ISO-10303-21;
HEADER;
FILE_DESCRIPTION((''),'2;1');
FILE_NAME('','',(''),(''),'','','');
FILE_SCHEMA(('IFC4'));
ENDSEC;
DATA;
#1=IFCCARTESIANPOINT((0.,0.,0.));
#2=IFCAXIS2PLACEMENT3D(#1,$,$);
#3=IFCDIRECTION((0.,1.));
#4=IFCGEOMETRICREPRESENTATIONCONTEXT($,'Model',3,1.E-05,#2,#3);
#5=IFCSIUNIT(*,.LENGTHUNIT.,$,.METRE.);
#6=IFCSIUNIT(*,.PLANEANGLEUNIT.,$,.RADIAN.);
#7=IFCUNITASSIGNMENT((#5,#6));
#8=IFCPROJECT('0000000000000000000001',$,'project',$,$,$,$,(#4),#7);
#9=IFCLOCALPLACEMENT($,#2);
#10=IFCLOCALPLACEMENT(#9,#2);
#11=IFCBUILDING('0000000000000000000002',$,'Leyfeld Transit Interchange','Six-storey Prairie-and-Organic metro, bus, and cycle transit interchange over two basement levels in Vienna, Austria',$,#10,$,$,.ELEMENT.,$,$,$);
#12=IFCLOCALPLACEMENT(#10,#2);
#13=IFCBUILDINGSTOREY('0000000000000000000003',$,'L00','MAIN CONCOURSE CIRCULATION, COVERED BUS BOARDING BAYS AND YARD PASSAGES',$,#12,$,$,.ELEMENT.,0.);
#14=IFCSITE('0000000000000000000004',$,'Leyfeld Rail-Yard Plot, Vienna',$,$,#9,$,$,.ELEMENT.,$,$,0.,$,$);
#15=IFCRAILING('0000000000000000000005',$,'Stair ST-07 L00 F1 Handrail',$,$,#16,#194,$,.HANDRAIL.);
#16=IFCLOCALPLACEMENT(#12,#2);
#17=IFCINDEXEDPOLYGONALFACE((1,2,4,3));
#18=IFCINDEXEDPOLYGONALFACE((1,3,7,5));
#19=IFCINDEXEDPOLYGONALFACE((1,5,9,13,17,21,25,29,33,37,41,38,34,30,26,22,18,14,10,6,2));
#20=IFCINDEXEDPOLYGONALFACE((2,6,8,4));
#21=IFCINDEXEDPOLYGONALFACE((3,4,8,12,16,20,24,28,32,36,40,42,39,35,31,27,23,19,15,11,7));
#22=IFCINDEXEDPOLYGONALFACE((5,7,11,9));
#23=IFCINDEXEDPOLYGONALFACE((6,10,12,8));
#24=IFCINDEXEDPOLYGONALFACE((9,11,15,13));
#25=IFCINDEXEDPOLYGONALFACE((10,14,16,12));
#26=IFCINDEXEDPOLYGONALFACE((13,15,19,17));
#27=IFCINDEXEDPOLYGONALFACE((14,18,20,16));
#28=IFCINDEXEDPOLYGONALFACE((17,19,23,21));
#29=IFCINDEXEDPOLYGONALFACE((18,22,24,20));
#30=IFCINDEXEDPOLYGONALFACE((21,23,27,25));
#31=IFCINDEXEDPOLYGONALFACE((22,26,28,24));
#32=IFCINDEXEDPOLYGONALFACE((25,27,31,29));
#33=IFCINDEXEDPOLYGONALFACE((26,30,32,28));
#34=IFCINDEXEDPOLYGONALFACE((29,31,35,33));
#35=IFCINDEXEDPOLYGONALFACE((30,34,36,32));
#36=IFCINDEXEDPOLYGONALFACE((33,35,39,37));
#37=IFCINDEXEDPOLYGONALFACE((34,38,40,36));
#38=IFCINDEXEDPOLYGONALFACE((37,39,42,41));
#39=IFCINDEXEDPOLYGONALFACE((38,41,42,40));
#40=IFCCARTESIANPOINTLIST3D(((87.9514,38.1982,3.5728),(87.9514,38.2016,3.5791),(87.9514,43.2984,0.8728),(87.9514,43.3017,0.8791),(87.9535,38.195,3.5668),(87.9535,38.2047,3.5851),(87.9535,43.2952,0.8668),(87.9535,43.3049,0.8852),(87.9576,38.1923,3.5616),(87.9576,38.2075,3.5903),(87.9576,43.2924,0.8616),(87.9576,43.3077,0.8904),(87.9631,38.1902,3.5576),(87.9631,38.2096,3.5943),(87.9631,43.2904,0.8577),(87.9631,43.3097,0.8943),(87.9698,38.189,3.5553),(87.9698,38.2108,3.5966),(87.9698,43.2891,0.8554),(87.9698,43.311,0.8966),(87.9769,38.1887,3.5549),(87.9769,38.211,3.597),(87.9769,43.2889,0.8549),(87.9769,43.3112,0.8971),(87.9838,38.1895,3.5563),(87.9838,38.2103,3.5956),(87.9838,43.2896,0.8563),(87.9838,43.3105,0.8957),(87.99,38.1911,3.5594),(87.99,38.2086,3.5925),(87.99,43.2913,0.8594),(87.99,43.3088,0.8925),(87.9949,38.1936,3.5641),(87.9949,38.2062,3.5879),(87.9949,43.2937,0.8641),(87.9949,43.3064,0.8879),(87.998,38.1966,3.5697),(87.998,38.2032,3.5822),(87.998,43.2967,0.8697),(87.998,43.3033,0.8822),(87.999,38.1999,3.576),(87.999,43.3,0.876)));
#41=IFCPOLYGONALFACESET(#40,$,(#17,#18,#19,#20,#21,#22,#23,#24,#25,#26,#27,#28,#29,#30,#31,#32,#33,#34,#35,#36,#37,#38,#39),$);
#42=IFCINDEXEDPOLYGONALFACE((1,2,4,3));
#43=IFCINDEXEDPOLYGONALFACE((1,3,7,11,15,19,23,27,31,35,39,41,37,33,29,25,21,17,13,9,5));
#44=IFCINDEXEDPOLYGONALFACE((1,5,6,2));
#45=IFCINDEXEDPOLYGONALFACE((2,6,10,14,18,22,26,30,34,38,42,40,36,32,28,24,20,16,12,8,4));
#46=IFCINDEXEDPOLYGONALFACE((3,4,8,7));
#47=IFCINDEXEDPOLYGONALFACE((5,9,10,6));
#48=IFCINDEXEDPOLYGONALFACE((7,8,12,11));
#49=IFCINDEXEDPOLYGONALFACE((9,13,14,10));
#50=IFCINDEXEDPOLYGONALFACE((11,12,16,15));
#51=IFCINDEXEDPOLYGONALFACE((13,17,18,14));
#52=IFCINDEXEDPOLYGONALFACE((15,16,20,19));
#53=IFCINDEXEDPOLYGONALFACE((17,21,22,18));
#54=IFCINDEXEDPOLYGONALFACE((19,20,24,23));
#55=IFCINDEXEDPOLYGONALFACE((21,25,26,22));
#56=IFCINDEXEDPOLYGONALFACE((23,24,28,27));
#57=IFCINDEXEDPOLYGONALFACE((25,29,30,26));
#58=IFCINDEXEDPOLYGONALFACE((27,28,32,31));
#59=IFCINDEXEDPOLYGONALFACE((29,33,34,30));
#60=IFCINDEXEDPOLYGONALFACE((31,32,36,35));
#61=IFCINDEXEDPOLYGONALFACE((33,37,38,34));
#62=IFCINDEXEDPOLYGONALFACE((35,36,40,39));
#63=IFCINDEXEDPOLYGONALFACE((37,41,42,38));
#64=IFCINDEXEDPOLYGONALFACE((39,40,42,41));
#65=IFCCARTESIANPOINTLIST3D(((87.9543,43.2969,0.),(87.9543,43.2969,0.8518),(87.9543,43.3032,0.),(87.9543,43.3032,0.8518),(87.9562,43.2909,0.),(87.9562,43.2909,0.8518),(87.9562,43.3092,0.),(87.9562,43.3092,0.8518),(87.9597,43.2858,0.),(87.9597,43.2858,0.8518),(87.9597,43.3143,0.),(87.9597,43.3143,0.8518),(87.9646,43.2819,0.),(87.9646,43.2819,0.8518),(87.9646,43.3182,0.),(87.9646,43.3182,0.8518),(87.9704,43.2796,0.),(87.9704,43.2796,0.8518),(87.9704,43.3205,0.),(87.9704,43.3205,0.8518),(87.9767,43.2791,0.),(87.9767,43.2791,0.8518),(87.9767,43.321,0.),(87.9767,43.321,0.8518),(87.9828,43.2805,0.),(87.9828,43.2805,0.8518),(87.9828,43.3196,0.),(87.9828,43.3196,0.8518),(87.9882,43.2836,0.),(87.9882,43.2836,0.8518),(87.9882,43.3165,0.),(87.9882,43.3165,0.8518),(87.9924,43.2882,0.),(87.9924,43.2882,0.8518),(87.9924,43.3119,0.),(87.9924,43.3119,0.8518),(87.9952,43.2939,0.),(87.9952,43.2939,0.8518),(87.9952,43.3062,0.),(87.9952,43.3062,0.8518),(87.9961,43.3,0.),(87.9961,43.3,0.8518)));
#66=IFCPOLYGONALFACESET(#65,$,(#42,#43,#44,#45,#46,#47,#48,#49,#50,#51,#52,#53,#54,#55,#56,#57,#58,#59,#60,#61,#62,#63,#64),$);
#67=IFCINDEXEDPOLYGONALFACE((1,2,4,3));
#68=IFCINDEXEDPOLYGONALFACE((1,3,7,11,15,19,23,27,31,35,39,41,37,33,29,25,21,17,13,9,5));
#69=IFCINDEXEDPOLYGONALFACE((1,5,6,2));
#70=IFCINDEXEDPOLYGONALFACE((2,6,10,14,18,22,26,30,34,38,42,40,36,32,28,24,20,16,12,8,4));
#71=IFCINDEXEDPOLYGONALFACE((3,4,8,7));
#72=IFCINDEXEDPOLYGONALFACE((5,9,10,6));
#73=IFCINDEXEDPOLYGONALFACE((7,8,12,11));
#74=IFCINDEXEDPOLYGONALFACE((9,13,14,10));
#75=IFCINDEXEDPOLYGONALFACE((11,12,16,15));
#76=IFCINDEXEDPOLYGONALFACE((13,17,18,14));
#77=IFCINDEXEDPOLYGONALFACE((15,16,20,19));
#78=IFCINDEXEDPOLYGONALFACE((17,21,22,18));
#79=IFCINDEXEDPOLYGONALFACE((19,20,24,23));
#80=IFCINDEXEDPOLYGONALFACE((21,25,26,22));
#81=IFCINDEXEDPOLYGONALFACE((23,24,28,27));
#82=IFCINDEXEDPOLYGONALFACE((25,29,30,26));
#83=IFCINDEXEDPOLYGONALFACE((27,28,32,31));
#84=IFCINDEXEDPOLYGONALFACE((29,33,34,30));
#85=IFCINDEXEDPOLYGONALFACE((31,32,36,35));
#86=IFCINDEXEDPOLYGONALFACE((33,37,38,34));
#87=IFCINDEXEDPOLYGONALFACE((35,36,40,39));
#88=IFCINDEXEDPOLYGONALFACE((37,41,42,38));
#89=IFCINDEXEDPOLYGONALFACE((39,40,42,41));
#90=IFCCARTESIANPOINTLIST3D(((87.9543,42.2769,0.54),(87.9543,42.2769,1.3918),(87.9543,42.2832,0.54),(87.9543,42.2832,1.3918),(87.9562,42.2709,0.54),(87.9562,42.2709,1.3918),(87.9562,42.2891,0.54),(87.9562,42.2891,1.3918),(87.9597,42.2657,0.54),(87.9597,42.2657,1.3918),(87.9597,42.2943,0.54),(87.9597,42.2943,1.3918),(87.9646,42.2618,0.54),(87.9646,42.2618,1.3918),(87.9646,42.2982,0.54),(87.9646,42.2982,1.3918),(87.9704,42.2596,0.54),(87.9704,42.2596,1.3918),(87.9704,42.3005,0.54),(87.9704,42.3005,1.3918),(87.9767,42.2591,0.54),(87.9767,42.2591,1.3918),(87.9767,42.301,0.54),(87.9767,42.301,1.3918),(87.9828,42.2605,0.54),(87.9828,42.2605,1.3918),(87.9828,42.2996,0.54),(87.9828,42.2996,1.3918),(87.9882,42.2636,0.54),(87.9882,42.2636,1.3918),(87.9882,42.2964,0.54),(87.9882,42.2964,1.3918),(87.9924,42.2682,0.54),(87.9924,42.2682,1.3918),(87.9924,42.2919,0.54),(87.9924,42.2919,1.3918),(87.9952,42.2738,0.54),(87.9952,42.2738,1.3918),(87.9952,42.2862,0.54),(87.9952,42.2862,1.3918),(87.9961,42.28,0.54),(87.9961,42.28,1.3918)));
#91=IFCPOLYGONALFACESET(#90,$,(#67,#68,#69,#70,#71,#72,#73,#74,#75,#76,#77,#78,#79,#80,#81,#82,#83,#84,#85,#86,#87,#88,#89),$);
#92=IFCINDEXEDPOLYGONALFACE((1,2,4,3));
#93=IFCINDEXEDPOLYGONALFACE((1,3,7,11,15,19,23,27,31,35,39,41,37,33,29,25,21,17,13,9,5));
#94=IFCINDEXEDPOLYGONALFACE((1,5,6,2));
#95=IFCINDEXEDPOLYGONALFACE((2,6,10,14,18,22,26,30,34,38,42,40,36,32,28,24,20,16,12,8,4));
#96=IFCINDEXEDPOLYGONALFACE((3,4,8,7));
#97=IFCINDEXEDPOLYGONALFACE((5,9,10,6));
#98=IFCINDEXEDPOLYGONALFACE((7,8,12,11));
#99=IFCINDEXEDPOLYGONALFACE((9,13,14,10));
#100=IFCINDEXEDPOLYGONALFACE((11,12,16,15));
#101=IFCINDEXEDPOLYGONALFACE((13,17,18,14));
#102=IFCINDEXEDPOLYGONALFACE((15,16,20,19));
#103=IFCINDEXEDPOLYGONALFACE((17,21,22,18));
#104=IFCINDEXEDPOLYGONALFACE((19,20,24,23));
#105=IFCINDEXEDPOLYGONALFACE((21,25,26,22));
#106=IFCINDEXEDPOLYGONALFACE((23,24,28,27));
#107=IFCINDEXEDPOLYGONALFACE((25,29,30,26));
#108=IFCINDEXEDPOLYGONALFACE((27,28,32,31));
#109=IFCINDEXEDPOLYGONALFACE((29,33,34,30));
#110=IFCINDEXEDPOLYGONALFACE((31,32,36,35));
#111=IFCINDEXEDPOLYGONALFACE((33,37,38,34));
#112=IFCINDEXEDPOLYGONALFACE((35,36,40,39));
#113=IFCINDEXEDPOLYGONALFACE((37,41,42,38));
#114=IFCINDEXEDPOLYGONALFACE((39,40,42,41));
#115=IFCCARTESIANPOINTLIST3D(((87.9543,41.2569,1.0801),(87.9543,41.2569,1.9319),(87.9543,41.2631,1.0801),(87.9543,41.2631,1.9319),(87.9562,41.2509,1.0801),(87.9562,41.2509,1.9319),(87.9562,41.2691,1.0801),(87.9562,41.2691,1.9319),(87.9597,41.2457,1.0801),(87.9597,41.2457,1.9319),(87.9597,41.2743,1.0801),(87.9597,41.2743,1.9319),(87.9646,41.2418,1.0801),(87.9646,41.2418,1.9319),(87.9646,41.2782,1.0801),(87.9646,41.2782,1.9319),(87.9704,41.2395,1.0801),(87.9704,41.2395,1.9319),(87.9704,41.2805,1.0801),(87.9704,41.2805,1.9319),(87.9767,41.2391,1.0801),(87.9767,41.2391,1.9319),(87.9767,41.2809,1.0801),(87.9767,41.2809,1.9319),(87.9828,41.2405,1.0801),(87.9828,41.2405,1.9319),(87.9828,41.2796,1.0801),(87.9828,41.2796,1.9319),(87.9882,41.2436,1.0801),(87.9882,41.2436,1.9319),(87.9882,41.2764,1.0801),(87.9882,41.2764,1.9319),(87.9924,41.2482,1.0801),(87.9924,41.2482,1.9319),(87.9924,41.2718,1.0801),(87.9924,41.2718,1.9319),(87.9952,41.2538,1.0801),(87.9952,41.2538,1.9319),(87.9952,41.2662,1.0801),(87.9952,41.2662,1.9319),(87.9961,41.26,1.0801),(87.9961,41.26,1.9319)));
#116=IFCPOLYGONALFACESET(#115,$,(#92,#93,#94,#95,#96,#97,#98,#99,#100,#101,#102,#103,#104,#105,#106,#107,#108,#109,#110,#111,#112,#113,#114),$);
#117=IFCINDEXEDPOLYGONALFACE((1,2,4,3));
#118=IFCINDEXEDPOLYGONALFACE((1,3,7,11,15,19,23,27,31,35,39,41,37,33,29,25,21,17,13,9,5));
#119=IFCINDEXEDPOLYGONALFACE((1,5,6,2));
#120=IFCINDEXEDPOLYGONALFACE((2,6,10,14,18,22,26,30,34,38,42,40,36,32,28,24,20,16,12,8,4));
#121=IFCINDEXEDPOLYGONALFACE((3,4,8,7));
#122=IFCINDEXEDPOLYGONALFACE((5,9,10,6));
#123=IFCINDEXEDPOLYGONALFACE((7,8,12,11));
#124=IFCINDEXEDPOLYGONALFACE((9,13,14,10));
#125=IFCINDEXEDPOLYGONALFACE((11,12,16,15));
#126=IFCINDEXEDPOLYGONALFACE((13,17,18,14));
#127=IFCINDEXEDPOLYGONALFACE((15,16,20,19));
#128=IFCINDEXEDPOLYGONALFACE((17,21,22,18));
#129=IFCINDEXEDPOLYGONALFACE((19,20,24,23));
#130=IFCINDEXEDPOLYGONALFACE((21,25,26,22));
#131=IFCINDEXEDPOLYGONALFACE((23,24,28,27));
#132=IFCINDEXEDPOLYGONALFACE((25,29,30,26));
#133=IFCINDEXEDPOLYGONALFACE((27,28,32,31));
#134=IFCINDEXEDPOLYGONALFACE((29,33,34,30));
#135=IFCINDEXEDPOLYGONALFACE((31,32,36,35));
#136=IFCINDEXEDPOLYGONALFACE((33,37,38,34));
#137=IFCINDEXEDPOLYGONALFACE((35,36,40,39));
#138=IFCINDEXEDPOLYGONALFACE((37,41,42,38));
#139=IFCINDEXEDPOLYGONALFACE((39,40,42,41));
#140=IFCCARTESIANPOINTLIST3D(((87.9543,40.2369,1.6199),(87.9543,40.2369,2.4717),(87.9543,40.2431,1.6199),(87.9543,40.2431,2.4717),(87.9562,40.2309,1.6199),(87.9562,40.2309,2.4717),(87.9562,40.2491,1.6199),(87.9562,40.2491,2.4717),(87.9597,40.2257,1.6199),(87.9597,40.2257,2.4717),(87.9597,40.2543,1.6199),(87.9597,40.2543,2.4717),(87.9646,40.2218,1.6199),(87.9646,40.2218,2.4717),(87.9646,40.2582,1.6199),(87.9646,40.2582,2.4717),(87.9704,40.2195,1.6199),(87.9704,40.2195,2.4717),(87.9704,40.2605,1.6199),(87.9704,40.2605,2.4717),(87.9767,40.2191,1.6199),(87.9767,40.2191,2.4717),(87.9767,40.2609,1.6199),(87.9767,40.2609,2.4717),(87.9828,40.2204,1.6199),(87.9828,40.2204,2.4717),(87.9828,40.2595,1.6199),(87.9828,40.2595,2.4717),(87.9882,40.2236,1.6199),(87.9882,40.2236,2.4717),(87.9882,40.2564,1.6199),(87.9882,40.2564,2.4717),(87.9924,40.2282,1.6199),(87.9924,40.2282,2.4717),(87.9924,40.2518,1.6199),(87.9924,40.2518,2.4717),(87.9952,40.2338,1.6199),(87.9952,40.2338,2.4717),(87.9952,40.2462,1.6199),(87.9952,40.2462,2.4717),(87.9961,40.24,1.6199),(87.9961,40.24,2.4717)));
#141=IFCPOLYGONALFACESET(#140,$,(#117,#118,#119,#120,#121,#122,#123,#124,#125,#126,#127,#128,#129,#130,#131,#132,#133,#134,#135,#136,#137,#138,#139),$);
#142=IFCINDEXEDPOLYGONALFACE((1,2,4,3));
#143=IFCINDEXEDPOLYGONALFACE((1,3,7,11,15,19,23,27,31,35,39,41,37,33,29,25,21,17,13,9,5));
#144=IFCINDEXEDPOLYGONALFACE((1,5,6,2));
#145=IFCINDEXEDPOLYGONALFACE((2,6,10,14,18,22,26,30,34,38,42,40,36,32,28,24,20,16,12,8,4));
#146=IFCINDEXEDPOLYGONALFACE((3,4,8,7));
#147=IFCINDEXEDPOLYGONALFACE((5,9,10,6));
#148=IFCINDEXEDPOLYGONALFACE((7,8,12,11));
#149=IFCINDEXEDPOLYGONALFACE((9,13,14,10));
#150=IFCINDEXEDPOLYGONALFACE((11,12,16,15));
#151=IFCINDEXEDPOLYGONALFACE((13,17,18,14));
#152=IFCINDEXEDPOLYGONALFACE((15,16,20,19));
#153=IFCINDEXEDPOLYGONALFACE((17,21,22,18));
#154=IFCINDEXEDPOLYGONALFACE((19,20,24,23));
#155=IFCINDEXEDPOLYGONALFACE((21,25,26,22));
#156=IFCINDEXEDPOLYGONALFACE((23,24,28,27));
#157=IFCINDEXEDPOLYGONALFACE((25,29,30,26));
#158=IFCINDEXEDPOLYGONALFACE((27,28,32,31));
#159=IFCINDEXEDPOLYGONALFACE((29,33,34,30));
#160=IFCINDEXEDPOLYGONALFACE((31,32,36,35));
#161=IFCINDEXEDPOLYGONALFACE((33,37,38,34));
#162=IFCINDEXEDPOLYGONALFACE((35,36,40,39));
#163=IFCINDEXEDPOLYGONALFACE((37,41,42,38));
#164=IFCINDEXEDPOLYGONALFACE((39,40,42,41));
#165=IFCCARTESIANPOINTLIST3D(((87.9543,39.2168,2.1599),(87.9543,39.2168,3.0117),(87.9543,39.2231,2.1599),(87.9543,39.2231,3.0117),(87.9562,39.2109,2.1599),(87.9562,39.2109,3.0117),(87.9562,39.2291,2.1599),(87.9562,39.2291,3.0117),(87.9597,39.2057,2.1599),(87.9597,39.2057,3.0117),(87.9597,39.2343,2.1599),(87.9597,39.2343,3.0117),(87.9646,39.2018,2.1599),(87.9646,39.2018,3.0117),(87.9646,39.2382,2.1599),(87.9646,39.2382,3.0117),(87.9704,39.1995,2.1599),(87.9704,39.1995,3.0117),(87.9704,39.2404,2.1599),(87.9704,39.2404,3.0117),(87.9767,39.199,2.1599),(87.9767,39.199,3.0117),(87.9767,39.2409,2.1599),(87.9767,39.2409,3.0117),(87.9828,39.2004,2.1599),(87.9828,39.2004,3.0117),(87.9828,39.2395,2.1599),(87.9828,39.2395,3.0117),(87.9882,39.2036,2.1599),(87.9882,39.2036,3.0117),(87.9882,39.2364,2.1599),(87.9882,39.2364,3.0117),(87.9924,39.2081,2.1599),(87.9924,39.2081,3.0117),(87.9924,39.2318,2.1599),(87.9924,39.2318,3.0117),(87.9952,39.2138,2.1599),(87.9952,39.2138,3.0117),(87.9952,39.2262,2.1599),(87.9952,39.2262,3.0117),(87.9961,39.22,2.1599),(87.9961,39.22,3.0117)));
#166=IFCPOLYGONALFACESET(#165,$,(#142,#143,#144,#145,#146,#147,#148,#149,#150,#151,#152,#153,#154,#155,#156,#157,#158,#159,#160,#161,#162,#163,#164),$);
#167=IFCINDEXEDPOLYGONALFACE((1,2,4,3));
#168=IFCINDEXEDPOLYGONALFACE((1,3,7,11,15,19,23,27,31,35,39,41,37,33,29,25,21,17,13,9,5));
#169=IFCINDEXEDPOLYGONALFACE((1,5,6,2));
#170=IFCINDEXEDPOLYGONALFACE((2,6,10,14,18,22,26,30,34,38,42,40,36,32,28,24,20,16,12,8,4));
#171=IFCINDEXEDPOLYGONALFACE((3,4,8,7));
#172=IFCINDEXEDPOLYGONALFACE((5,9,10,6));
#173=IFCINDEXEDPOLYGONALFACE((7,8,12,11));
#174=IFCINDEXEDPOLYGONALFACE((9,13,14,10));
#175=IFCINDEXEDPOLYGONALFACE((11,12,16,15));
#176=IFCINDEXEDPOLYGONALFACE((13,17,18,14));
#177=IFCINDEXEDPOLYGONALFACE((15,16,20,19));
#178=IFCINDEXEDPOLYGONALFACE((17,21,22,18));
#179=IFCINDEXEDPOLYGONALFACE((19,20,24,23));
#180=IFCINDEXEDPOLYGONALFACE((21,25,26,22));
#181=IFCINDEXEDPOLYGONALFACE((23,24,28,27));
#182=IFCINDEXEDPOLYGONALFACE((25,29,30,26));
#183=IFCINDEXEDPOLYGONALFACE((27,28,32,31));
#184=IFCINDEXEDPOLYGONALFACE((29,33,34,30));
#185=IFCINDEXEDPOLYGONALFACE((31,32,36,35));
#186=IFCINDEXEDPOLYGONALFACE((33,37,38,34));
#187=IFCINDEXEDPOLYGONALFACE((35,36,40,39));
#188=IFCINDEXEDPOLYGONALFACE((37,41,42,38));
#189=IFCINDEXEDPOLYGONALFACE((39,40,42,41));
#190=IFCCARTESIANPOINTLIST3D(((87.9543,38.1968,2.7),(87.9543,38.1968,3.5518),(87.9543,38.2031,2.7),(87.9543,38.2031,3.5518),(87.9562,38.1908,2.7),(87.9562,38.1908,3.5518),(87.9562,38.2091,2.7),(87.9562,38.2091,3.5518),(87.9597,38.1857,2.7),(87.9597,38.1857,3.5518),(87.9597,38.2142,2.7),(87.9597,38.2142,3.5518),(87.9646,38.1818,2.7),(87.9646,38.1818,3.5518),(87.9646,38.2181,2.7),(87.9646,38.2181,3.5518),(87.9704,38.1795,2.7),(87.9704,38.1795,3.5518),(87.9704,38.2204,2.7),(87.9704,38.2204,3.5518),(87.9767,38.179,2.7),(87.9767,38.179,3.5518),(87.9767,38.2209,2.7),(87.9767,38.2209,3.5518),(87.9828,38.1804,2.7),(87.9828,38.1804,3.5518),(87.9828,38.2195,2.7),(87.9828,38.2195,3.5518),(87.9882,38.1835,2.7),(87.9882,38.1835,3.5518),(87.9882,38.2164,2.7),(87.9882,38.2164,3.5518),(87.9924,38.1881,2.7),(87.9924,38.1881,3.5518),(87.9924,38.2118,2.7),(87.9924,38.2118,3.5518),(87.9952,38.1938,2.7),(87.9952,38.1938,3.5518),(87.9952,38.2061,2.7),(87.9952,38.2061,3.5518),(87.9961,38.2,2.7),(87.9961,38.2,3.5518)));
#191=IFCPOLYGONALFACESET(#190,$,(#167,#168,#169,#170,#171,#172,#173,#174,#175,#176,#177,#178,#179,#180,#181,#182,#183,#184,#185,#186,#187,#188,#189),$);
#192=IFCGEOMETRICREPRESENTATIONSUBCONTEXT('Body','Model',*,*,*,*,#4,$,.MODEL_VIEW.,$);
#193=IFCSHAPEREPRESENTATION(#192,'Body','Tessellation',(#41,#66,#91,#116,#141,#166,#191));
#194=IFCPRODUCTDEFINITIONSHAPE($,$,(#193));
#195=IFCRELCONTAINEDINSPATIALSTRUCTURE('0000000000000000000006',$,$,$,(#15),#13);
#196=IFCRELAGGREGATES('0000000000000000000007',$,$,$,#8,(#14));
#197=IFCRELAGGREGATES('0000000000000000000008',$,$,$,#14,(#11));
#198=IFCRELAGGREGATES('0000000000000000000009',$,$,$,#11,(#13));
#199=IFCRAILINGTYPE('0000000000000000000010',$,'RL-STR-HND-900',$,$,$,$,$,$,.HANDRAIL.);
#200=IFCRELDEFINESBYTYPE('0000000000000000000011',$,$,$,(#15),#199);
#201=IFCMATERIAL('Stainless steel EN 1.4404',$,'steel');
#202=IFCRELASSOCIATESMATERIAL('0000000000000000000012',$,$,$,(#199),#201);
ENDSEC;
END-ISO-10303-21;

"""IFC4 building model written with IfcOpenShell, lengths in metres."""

from ifc_helpers import new_model, si_unit, direction, frame, origin, origin_2d, place, context, subcontext, project, spatial, circle, extrude, material, type_object, element, save


model = new_model("IFC4")

# Units and contexts
model_context = context("Model", 3, precision=1e-05, world=origin(), true_north=direction((0.0, 1.0)))
body_context = subcontext(model_context, "Body", "Model", "MODEL_VIEW")
ifc_project = project(units=[si_unit("LENGTHUNIT", "METRE"), si_unit("PLANEANGLEUNIT", "RADIAN")], contexts=[model_context])

# Site, building, storey
site_placement = place(None, origin())
site = spatial("IfcSite", under=ifc_project, at=site_placement, Name="Leyfeld Rail-Yard Plot, Vienna", CompositionType="ELEMENT", RefElevation=0.0)
building_placement = place(site_placement, origin())
building = spatial("IfcBuilding", under=site, at=building_placement, Name="Leyfeld Transit Interchange", Description="Six-storey Prairie-and-Organic metro, bus, and cycle transit interchange over two basement levels in Vienna, Austria", CompositionType="ELEMENT")
storey_placement = place(building_placement, origin())
storey = spatial("IfcBuildingStorey", under=building, at=storey_placement, Name="L00", Description="MAIN CONCOURSE CIRCULATION, COVERED BUS BOARDING BAYS AND YARD PASSAGES", CompositionType="ELEMENT", Elevation=0.0)

# Railing
ifc_material_1 = material(Name="Stainless steel EN 1.4404", Category="steel")
railing_type_1 = type_object("IfcRailingType", Name="RL-STR-HND-900", PredefinedType="HANDRAIL", material=ifc_material_1)
railing_1_placement = place(storey_placement, frame((87.9751, 43.3, 0.0)))
element("IfcRailing", 1, at=railing_1_placement, inside=storey, type_object=railing_type_1, Name="Stair ST-07 L00 F1 Handrail", PredefinedType="HANDRAIL", context=body_context, shape_type="SweptSolid", body=[
    extrude(circle(Radius=0.0239, at=origin_2d()), frame((0.0, 0.0, 0.876), z_axis=(0.0, -0.883795, 0.467874), x_axis=(1.0, 0.0, 0.0)), (0.0, 0.0, 1.0), 5.7708),
    extrude(circle(Radius=0.021, at=origin_2d()), origin(), (0.0, 0.0, 1.0), 0.8518),
    extrude(circle(Radius=0.021, at=origin_2d()), frame((0.0, -1.02, 0.54)), (0.0, 0.0, 1.0), 0.8518),
    extrude(circle(Radius=0.021, at=origin_2d()), frame((0.0, -2.04, 1.0801)), (0.0, 0.0, 1.0), 0.8518),
    extrude(circle(Radius=0.021, at=origin_2d()), frame((0.0, -3.0601, 1.6199)), (0.0, 0.0, 1.0), 0.8518),
    extrude(circle(Radius=0.021, at=origin_2d()), frame((0.0, -4.0801, 2.1599)), (0.0, 0.0, 1.0), 0.8518),
    extrude(circle(Radius=0.021, at=origin_2d()), frame((0.0, -5.1001, 2.7)), (0.0, 0.0, 1.0), 0.8518),
])

save(model, "model.ifc")
